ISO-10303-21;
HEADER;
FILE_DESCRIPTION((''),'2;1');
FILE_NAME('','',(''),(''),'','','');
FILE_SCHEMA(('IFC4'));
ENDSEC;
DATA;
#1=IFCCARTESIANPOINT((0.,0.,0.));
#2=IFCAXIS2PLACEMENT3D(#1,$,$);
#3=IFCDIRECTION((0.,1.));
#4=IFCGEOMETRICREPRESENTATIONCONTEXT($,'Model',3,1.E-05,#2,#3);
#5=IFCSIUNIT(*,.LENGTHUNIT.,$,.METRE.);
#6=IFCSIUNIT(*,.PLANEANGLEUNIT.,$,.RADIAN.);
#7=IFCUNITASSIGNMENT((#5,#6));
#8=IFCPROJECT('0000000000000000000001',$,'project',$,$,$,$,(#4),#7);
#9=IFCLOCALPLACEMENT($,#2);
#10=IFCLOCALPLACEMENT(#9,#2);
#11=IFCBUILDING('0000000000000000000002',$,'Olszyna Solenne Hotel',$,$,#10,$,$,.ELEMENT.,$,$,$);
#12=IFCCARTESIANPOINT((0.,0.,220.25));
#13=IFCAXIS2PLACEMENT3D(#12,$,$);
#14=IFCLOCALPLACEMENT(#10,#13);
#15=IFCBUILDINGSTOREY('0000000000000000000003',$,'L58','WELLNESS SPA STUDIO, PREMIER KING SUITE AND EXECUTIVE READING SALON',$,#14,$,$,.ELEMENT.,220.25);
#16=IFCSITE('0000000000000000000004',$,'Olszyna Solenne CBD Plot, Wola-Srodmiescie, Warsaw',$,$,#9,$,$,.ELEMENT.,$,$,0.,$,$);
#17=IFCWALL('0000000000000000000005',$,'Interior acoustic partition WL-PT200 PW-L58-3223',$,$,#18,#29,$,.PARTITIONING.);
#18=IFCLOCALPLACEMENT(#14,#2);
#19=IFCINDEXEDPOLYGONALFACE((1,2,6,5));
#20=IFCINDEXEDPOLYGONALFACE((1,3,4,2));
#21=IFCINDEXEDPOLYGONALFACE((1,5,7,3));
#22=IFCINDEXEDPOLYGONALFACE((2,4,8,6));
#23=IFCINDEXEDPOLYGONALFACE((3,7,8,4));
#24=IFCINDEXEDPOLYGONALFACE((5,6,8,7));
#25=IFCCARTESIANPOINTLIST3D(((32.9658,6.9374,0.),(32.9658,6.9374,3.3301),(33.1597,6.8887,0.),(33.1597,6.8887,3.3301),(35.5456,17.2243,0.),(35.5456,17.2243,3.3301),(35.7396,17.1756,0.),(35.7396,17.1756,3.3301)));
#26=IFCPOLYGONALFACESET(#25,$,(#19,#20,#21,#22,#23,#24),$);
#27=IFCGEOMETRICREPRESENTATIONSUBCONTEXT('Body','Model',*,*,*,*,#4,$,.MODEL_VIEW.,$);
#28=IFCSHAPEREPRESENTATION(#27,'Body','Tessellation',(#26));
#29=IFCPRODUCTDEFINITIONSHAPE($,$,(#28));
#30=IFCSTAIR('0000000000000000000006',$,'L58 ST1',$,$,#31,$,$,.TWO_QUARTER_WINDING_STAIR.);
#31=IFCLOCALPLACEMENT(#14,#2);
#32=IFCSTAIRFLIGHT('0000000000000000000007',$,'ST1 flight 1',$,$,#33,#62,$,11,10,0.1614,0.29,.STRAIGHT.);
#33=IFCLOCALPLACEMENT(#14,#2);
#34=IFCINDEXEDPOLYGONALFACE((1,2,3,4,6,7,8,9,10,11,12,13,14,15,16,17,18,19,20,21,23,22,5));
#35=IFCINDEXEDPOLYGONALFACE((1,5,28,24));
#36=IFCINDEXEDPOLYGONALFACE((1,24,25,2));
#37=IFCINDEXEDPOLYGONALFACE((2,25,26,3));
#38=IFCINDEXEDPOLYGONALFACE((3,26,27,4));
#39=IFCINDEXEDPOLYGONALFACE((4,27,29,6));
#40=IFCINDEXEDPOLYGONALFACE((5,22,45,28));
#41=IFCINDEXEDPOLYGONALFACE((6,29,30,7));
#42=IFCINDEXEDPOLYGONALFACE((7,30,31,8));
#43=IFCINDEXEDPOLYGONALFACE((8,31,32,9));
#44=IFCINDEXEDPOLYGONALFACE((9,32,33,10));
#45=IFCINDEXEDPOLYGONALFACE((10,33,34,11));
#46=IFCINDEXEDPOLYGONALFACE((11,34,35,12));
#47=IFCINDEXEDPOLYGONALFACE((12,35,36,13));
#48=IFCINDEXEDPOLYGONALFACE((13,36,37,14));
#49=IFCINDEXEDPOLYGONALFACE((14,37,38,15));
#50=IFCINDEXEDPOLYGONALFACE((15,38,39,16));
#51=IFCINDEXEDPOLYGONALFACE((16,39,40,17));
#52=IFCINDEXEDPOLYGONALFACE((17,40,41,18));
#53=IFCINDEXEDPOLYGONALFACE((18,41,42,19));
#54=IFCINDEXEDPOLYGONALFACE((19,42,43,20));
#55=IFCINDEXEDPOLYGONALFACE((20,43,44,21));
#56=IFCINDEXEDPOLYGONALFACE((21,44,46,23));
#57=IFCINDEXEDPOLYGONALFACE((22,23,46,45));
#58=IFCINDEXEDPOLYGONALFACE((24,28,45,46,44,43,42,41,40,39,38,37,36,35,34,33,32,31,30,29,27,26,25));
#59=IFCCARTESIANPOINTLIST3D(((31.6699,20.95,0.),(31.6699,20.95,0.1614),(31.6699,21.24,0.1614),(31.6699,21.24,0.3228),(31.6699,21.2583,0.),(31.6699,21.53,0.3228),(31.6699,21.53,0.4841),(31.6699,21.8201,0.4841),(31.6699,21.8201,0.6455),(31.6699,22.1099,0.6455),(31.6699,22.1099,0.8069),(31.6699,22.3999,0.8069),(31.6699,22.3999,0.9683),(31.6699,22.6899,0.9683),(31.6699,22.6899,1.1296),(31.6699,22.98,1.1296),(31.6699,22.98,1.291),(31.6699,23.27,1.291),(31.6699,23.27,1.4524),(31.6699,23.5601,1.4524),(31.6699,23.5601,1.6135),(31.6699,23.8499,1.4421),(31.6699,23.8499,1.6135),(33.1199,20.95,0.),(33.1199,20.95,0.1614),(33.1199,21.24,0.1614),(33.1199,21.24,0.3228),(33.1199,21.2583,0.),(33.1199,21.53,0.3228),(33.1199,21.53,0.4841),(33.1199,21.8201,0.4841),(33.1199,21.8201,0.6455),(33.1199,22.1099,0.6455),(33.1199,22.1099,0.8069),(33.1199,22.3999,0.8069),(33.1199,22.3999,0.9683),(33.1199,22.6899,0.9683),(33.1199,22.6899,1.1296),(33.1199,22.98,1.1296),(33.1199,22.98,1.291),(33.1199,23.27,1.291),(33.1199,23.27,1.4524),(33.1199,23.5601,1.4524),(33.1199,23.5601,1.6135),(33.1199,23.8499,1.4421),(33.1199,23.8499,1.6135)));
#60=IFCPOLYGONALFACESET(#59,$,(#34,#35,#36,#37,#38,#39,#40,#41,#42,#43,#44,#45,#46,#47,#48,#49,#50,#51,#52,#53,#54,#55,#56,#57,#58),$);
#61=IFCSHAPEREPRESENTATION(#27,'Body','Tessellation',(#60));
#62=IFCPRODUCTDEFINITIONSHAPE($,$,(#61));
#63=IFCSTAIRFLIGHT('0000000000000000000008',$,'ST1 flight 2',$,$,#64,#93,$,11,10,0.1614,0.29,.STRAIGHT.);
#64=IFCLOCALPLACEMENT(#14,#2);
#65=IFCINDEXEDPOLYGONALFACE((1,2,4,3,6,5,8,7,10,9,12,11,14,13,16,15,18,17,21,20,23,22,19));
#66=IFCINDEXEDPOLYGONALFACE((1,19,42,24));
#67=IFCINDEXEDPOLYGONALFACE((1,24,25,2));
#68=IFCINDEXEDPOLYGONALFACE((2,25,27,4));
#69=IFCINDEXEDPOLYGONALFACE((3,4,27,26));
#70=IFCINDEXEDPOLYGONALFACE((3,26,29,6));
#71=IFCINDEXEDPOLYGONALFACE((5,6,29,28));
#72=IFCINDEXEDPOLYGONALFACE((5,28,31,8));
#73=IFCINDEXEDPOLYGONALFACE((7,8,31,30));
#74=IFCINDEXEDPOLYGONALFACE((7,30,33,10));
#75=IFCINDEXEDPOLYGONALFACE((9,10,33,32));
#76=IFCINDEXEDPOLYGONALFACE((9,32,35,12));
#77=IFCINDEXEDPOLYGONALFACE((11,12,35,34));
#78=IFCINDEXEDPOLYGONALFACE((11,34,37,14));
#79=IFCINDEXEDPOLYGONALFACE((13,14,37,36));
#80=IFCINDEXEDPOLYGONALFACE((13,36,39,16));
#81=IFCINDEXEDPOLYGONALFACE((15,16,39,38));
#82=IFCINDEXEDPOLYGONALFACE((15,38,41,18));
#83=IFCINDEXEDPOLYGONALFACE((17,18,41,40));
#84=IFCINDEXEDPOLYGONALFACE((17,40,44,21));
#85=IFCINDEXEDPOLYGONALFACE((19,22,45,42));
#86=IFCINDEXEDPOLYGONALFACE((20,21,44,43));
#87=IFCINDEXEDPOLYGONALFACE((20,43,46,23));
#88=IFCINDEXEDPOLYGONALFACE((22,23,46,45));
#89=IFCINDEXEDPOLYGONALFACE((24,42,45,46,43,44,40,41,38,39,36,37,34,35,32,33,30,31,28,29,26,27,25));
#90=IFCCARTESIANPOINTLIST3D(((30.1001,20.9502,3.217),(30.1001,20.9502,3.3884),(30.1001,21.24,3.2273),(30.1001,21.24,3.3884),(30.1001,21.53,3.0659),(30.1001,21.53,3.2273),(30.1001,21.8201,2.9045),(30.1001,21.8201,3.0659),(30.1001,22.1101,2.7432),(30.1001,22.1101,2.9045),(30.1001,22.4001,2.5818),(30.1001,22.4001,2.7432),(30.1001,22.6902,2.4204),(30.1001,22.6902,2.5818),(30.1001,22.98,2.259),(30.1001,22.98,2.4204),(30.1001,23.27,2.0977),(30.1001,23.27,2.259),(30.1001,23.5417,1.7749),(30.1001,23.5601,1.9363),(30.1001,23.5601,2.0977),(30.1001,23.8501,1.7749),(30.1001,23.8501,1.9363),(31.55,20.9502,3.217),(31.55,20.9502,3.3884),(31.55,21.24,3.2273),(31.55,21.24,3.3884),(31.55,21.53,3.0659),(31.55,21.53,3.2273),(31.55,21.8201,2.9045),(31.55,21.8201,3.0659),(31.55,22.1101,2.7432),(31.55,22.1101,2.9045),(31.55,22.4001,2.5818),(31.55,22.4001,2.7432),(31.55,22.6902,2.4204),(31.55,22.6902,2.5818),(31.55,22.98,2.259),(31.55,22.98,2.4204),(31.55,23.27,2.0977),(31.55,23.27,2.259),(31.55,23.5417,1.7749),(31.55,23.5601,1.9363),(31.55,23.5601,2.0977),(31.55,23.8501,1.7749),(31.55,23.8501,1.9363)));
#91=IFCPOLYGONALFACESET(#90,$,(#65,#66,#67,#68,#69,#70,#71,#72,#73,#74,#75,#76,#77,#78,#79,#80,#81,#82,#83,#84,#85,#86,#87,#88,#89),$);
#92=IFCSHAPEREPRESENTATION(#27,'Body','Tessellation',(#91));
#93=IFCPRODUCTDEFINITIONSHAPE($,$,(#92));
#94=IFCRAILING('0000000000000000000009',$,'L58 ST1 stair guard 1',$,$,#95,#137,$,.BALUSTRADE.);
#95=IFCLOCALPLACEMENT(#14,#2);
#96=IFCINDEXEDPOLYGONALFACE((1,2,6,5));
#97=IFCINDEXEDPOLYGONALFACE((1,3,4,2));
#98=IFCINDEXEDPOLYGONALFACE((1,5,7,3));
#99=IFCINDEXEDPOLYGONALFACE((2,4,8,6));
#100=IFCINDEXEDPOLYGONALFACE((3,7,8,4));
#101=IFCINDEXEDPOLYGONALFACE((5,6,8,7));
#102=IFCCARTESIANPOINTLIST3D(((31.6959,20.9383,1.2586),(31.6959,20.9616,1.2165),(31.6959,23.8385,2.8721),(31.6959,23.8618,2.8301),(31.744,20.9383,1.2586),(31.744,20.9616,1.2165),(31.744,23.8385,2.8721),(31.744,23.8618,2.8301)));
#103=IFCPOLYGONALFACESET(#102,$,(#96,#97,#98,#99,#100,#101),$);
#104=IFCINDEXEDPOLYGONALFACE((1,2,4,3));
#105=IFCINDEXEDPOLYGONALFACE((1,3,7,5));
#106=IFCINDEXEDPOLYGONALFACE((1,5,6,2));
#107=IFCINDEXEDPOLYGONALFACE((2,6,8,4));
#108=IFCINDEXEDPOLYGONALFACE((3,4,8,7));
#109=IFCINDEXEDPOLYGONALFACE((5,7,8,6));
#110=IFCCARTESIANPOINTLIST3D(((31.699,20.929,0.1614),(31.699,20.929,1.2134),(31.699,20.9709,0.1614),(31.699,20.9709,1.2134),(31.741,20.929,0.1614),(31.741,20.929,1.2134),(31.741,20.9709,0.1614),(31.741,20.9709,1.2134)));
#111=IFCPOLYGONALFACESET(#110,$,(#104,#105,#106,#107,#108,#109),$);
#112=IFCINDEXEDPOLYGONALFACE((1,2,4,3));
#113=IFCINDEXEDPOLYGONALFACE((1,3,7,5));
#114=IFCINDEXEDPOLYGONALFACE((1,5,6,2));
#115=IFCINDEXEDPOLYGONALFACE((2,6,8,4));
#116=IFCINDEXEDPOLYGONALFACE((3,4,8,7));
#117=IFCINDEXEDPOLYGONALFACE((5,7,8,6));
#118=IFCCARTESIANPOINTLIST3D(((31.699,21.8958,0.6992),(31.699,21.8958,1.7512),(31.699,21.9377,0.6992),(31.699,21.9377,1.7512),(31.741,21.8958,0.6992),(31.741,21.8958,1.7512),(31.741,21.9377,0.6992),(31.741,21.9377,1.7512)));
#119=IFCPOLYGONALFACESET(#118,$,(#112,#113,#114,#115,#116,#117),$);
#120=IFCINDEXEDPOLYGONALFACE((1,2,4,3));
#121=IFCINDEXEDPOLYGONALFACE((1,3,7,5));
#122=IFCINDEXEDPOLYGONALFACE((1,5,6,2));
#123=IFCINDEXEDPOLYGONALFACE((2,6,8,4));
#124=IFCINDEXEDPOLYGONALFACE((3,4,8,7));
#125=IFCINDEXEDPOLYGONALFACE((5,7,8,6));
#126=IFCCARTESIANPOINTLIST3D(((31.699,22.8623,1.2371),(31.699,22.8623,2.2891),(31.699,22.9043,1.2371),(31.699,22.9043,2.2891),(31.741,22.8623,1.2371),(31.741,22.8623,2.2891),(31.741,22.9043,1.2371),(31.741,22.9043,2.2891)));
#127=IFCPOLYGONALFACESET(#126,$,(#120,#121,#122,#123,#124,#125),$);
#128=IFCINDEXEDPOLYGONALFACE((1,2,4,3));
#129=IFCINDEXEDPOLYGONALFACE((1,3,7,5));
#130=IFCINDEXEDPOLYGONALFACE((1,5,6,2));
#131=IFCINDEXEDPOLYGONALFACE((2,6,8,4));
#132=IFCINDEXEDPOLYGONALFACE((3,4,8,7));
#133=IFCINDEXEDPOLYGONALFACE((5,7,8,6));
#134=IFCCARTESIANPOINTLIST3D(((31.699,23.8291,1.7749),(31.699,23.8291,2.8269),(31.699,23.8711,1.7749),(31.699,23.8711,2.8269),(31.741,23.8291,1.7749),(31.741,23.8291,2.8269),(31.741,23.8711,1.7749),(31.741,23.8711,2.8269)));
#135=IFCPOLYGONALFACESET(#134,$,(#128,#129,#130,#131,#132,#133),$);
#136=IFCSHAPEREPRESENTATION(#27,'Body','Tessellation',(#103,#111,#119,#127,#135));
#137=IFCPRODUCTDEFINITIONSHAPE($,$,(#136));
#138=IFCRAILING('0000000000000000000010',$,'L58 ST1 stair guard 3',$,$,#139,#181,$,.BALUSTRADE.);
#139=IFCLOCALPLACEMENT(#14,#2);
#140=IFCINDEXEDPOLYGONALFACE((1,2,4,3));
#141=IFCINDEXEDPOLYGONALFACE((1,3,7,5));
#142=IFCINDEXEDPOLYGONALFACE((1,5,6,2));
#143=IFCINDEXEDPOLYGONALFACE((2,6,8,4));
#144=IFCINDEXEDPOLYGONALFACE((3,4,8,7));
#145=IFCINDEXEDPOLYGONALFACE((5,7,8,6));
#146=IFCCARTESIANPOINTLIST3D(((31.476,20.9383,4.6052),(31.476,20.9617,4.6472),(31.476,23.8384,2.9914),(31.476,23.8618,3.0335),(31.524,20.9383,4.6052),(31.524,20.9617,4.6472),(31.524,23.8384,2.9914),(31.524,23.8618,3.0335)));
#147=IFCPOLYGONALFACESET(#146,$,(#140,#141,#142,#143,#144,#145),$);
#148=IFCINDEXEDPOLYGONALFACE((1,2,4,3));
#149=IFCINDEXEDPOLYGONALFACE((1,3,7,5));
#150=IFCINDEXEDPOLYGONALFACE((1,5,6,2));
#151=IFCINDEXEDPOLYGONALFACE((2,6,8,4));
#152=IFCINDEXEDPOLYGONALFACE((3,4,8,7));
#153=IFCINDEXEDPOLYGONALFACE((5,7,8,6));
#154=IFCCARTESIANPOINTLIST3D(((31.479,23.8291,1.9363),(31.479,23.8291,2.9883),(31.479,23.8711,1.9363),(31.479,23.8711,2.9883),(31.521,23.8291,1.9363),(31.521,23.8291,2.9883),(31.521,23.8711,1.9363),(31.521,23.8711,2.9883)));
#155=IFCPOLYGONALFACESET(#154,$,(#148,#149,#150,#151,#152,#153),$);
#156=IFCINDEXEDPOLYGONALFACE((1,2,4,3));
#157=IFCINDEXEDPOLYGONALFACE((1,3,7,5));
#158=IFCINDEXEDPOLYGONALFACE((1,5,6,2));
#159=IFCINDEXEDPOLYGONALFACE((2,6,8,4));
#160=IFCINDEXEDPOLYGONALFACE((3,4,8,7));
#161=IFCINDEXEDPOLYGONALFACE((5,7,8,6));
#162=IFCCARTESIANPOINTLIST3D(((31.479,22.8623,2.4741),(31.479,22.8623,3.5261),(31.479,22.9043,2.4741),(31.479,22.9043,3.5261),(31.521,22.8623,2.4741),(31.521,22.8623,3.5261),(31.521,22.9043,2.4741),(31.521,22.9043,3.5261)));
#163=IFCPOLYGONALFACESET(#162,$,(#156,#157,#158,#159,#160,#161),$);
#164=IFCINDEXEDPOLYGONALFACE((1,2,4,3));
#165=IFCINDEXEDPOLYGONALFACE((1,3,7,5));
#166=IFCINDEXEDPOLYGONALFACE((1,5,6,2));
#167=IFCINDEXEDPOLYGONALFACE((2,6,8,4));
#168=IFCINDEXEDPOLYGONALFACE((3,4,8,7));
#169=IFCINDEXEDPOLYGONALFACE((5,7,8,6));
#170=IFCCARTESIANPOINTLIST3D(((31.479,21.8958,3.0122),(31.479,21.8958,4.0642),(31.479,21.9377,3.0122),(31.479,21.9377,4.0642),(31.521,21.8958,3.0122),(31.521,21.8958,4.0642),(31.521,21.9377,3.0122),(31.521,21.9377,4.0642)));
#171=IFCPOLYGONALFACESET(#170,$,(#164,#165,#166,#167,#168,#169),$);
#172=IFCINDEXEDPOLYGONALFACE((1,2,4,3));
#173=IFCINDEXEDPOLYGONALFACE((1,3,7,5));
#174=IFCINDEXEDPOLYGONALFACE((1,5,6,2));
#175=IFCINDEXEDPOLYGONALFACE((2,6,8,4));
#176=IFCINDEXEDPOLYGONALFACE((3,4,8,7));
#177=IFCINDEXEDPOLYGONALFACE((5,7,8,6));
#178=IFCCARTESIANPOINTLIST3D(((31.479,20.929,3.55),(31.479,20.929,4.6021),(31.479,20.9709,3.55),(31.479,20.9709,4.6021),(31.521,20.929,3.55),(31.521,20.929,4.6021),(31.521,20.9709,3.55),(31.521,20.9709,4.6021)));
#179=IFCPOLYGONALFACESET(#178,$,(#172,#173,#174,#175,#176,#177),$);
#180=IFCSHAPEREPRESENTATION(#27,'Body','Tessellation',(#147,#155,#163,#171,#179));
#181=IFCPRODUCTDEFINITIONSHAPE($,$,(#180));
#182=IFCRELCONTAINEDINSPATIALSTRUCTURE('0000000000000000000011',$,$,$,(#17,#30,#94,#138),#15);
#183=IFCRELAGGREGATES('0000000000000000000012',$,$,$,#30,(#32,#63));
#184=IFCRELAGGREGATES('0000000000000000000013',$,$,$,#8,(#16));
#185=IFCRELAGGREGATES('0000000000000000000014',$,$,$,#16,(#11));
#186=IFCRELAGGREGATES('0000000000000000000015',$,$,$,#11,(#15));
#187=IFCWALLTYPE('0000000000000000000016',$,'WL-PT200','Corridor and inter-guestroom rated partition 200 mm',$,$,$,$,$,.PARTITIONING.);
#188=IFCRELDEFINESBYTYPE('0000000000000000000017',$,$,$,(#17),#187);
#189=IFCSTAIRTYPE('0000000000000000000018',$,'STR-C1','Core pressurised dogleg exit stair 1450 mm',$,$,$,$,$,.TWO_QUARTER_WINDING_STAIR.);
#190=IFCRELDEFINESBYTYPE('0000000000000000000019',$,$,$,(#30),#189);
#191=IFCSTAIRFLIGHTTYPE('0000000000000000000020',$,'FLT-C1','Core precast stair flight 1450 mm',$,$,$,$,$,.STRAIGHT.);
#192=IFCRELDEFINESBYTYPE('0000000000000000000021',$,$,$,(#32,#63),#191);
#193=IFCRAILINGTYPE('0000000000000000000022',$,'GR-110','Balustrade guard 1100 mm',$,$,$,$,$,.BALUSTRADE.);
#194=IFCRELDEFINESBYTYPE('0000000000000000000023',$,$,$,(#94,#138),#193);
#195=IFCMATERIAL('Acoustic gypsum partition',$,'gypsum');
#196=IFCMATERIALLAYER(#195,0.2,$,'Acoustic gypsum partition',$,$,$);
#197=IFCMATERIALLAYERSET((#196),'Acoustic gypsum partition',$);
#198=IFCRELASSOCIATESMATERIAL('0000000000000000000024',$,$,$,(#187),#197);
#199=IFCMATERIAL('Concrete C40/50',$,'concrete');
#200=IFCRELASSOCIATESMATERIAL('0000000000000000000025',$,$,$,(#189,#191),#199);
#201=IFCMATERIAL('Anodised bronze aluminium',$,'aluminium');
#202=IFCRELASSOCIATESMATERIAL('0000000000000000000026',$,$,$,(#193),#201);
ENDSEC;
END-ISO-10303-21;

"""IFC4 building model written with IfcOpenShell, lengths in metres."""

from ifc_helpers import new_model, si_unit, direction, frame, frame_2d, origin, origin_2d, place, context, subcontext, project, spatial, polyline, rectangle, outline, extrude, material, layer, layer_set, type_object, element, aggregate, save


model = new_model("IFC4")

# Units and contexts
model_context = context("Model", 3, precision=1e-05, world=origin(), true_north=direction((0.0, 1.0)))
body_context = subcontext(model_context, "Body", "Model", "MODEL_VIEW")
ifc_project = project(units=[si_unit("LENGTHUNIT", "METRE"), si_unit("PLANEANGLEUNIT", "RADIAN")], contexts=[model_context])

# Site, building, storey
site_placement = place(None, origin())
site = spatial("IfcSite", under=ifc_project, at=site_placement, Name="Olszyna Solenne CBD Plot, Wola-Srodmiescie, Warsaw", CompositionType="ELEMENT", RefElevation=0.0)
building_placement = place(site_placement, origin())
building = spatial("IfcBuilding", under=site, at=building_placement, Name="Olszyna Solenne Hotel", CompositionType="ELEMENT")
storey_placement = place(building_placement, frame((0.0, 0.0, 220.25)))
storey = spatial("IfcBuildingStorey", under=building, at=storey_placement, Name="L58", Description="WELLNESS SPA STUDIO, PREMIER KING SUITE AND EXECUTIVE READING SALON", CompositionType="ELEMENT", Elevation=220.25)

# Shared definitions
ifc_material_1 = material(Name="Anodised bronze aluminium", Category="aluminium")

# Shared definitions
ifc_material_2 = material(Name="Acoustic gypsum partition", Category="gypsum")

# Wall
ifc_layer_1 = layer(ifc_material_2, 0.2, Name="Acoustic gypsum partition")
ifc_layer_set_1 = layer_set([ifc_layer_1], Name="Acoustic gypsum partition")
wall_type_1 = type_object("IfcWallType", Name="WL-PT200", Description="Corridor and inter-guestroom rated partition 200 mm", PredefinedType="PARTITIONING", material=ifc_layer_set_1)
wall_1_placement = place(storey_placement, frame((35.6426, 17.2, 0.0), z_axis=(0.0, 0.0, 1.0), x_axis=(-0.243256, -0.969962, 0.0)))
element("IfcWall", 1, at=wall_1_placement, inside=storey, type_object=wall_type_1, Name="Interior acoustic partition WL-PT200 PW-L58-3223", PredefinedType="PARTITIONING", context=body_context, shape_type="SweptSolid", body=[
    extrude(rectangle(XDim=10.6055, YDim=0.2, at=frame_2d((5.3027, 0.0))), origin(), (0.0, 0.0, 1.0), 3.3301),
])

# Stair, stair flights
ifc_material_3 = material(Name="Concrete C40/50", Category="concrete")
stair_type = type_object("IfcStairType", Name="STR-C1", Description="Core pressurised dogleg exit stair 1450 mm", PredefinedType="TWO_QUARTER_WINDING_STAIR", material=ifc_material_3)
stair_placement = place(storey_placement, origin())
stair = element("IfcStair", 2, at=stair_placement, inside=storey, type_object=stair_type, Name="L58 ST1", PredefinedType="TWO_QUARTER_WINDING_STAIR")
stair_flight_type = type_object("IfcStairFlightType", Name="FLT-C1", Description="Core precast stair flight 1450 mm", PredefinedType="STRAIGHT", material=ifc_material_3)
stair_flight_1_placement = place(storey_placement, frame((32.395, 20.95, 0.0), z_axis=(0.0, 0.0, 1.0), x_axis=(0.0, 1.0, 0.0)))
stair_flight_1 = element("IfcStairFlight", 3, at=stair_flight_1_placement, type_object=stair_flight_type, Name="ST1 flight 1", NumberOfRisers=11, NumberOfTreads=10, PredefinedType="STRAIGHT", RiserHeight=0.1614, TreadLength=0.29, context=body_context, shape_type="SweptSolid", body=[
    extrude(outline(polyline([(0.0, 0.0), (0.0, 0.1614), (0.29, 0.1614), (0.29, 0.3228), (0.5801, 0.3228), (0.5801, 0.4841), (0.8701, 0.4841), (0.8701, 0.6455), (1.1599, 0.6455), (1.1599, 0.8069), (1.45, 0.8069), (1.45, 0.9683), (1.74, 0.9683), (1.74, 1.1296), (2.03, 1.1296), (2.03, 1.291), (2.3201, 1.291), (2.3201, 1.4524), (2.6101, 1.4524), (2.6101, 1.6135), (2.8999, 1.6135), (2.8999, 1.7749), (2.8999, 1.4421), (0.3083, 0.0), (0.0, 0.0)])), frame((0.0, 0.7251, 0.0), z_axis=(0.0, -1.0, 0.0), x_axis=(1.0, 0.0, 0.0)), (0.0, 0.0, 1.0), 1.45),
])
stair_flight_2_placement = place(storey_placement, frame((30.825, 23.8501, 1.7749), z_axis=(0.0, 0.0, 1.0), x_axis=(0.0, -1.0, 0.0)))
stair_flight_2 = element("IfcStairFlight", 4, at=stair_flight_2_placement, type_object=stair_flight_type, Name="ST1 flight 2", NumberOfRisers=11, NumberOfTreads=10, PredefinedType="STRAIGHT", RiserHeight=0.1614, TreadLength=0.29, context=body_context, shape_type="SweptSolid", body=[
    extrude(outline(polyline([(0.0, 0.0), (0.0, 0.1614), (0.29, 0.1614), (0.29, 0.3228), (0.5801, 0.3228), (0.5801, 0.4841), (0.8701, 0.4841), (0.8701, 0.6455), (1.1599, 0.6455), (1.1599, 0.8069), (1.45, 0.8069), (1.45, 0.9683), (1.74, 0.9683), (1.74, 1.1296), (2.03, 1.1296), (2.03, 1.291), (2.3201, 1.291), (2.3201, 1.4524), (2.6101, 1.4524), (2.6101, 1.6135), (2.8999, 1.6135), (2.8999, 1.7749), (2.8999, 1.4421), (0.3083, 0.0), (0.0, 0.0)])), frame((0.0, 0.7251, 0.0), z_axis=(0.0, -1.0, 0.0), x_axis=(1.0, 0.0, 0.0)), (0.0, 0.0, 1.0), 1.45),
])
aggregate(stair, [stair_flight_1, stair_flight_2])

# Railings
railing_type_1 = type_object("IfcRailingType", Name="GR-110", Description="Balustrade guard 1100 mm", PredefinedType="BALUSTRADE", material=ifc_material_1)
railing_1_placement = place(storey_placement, frame((31.72, 20.95, 0.1614)))
element("IfcRailing", 5, at=railing_1_placement, inside=storey, type_object=railing_type_1, Name="L58 ST1 stair guard 1", PredefinedType="BALUSTRADE", context=body_context, shape_type="SweptSolid", body=[
    extrude(rectangle(XDim=0.0481, YDim=0.0481, at=origin_2d()), frame((0.0, 0.0, 1.0762), z_axis=(0.0, 0.873859, 0.48618), x_axis=(-1.0, 0.0, 0.0)), (0.0, 0.0, 1.0), 3.3188),
    extrude(rectangle(XDim=0.042, YDim=0.042, at=origin_2d()), origin(), (0.0, 0.0, 1.0), 1.052),
    extrude(rectangle(XDim=0.042, YDim=0.042, at=origin_2d()), frame((0.0, 0.9668, 0.5378)), (0.0, 0.0, 1.0), 1.052),
    extrude(rectangle(XDim=0.042, YDim=0.042, at=origin_2d()), frame((0.0, 1.9333, 1.0757)), (0.0, 0.0, 1.0), 1.052),
    extrude(rectangle(XDim=0.042, YDim=0.042, at=origin_2d()), frame((0.0, 2.9001, 1.6135)), (0.0, 0.0, 1.0), 1.052),
])
railing_2_placement = place(storey_placement, frame((31.5, 23.8501, 1.9363)))
element("IfcRailing", 6, at=railing_2_placement, inside=storey, type_object=railing_type_1, Name="L58 ST1 stair guard 3", PredefinedType="BALUSTRADE", context=body_context, shape_type="SweptSolid", body=[
    extrude(rectangle(XDim=0.0481, YDim=0.0481, at=origin_2d()), frame((0.0, 0.0, 1.0762), z_axis=(0.0, -0.873827, 0.486236), x_axis=(1.0, 0.0, 0.0)), (0.0, 0.0, 1.0), 3.3188),
    extrude(rectangle(XDim=0.042, YDim=0.042, at=origin_2d()), origin(), (0.0, 0.0, 1.0), 1.052),
    extrude(rectangle(XDim=0.042, YDim=0.042, at=origin_2d()), frame((0.0, -0.9668, 0.5378)), (0.0, 0.0, 1.0), 1.052),
    extrude(rectangle(XDim=0.042, YDim=0.042, at=origin_2d()), frame((0.0, -1.9333, 1.0759)), (0.0, 0.0, 1.0), 1.052),
    extrude(rectangle(XDim=0.042, YDim=0.042, at=origin_2d()), frame((0.0, -2.9001, 1.6138)), (0.0, 0.0, 1.0), 1.052),
])

save(model, "model.ifc")
